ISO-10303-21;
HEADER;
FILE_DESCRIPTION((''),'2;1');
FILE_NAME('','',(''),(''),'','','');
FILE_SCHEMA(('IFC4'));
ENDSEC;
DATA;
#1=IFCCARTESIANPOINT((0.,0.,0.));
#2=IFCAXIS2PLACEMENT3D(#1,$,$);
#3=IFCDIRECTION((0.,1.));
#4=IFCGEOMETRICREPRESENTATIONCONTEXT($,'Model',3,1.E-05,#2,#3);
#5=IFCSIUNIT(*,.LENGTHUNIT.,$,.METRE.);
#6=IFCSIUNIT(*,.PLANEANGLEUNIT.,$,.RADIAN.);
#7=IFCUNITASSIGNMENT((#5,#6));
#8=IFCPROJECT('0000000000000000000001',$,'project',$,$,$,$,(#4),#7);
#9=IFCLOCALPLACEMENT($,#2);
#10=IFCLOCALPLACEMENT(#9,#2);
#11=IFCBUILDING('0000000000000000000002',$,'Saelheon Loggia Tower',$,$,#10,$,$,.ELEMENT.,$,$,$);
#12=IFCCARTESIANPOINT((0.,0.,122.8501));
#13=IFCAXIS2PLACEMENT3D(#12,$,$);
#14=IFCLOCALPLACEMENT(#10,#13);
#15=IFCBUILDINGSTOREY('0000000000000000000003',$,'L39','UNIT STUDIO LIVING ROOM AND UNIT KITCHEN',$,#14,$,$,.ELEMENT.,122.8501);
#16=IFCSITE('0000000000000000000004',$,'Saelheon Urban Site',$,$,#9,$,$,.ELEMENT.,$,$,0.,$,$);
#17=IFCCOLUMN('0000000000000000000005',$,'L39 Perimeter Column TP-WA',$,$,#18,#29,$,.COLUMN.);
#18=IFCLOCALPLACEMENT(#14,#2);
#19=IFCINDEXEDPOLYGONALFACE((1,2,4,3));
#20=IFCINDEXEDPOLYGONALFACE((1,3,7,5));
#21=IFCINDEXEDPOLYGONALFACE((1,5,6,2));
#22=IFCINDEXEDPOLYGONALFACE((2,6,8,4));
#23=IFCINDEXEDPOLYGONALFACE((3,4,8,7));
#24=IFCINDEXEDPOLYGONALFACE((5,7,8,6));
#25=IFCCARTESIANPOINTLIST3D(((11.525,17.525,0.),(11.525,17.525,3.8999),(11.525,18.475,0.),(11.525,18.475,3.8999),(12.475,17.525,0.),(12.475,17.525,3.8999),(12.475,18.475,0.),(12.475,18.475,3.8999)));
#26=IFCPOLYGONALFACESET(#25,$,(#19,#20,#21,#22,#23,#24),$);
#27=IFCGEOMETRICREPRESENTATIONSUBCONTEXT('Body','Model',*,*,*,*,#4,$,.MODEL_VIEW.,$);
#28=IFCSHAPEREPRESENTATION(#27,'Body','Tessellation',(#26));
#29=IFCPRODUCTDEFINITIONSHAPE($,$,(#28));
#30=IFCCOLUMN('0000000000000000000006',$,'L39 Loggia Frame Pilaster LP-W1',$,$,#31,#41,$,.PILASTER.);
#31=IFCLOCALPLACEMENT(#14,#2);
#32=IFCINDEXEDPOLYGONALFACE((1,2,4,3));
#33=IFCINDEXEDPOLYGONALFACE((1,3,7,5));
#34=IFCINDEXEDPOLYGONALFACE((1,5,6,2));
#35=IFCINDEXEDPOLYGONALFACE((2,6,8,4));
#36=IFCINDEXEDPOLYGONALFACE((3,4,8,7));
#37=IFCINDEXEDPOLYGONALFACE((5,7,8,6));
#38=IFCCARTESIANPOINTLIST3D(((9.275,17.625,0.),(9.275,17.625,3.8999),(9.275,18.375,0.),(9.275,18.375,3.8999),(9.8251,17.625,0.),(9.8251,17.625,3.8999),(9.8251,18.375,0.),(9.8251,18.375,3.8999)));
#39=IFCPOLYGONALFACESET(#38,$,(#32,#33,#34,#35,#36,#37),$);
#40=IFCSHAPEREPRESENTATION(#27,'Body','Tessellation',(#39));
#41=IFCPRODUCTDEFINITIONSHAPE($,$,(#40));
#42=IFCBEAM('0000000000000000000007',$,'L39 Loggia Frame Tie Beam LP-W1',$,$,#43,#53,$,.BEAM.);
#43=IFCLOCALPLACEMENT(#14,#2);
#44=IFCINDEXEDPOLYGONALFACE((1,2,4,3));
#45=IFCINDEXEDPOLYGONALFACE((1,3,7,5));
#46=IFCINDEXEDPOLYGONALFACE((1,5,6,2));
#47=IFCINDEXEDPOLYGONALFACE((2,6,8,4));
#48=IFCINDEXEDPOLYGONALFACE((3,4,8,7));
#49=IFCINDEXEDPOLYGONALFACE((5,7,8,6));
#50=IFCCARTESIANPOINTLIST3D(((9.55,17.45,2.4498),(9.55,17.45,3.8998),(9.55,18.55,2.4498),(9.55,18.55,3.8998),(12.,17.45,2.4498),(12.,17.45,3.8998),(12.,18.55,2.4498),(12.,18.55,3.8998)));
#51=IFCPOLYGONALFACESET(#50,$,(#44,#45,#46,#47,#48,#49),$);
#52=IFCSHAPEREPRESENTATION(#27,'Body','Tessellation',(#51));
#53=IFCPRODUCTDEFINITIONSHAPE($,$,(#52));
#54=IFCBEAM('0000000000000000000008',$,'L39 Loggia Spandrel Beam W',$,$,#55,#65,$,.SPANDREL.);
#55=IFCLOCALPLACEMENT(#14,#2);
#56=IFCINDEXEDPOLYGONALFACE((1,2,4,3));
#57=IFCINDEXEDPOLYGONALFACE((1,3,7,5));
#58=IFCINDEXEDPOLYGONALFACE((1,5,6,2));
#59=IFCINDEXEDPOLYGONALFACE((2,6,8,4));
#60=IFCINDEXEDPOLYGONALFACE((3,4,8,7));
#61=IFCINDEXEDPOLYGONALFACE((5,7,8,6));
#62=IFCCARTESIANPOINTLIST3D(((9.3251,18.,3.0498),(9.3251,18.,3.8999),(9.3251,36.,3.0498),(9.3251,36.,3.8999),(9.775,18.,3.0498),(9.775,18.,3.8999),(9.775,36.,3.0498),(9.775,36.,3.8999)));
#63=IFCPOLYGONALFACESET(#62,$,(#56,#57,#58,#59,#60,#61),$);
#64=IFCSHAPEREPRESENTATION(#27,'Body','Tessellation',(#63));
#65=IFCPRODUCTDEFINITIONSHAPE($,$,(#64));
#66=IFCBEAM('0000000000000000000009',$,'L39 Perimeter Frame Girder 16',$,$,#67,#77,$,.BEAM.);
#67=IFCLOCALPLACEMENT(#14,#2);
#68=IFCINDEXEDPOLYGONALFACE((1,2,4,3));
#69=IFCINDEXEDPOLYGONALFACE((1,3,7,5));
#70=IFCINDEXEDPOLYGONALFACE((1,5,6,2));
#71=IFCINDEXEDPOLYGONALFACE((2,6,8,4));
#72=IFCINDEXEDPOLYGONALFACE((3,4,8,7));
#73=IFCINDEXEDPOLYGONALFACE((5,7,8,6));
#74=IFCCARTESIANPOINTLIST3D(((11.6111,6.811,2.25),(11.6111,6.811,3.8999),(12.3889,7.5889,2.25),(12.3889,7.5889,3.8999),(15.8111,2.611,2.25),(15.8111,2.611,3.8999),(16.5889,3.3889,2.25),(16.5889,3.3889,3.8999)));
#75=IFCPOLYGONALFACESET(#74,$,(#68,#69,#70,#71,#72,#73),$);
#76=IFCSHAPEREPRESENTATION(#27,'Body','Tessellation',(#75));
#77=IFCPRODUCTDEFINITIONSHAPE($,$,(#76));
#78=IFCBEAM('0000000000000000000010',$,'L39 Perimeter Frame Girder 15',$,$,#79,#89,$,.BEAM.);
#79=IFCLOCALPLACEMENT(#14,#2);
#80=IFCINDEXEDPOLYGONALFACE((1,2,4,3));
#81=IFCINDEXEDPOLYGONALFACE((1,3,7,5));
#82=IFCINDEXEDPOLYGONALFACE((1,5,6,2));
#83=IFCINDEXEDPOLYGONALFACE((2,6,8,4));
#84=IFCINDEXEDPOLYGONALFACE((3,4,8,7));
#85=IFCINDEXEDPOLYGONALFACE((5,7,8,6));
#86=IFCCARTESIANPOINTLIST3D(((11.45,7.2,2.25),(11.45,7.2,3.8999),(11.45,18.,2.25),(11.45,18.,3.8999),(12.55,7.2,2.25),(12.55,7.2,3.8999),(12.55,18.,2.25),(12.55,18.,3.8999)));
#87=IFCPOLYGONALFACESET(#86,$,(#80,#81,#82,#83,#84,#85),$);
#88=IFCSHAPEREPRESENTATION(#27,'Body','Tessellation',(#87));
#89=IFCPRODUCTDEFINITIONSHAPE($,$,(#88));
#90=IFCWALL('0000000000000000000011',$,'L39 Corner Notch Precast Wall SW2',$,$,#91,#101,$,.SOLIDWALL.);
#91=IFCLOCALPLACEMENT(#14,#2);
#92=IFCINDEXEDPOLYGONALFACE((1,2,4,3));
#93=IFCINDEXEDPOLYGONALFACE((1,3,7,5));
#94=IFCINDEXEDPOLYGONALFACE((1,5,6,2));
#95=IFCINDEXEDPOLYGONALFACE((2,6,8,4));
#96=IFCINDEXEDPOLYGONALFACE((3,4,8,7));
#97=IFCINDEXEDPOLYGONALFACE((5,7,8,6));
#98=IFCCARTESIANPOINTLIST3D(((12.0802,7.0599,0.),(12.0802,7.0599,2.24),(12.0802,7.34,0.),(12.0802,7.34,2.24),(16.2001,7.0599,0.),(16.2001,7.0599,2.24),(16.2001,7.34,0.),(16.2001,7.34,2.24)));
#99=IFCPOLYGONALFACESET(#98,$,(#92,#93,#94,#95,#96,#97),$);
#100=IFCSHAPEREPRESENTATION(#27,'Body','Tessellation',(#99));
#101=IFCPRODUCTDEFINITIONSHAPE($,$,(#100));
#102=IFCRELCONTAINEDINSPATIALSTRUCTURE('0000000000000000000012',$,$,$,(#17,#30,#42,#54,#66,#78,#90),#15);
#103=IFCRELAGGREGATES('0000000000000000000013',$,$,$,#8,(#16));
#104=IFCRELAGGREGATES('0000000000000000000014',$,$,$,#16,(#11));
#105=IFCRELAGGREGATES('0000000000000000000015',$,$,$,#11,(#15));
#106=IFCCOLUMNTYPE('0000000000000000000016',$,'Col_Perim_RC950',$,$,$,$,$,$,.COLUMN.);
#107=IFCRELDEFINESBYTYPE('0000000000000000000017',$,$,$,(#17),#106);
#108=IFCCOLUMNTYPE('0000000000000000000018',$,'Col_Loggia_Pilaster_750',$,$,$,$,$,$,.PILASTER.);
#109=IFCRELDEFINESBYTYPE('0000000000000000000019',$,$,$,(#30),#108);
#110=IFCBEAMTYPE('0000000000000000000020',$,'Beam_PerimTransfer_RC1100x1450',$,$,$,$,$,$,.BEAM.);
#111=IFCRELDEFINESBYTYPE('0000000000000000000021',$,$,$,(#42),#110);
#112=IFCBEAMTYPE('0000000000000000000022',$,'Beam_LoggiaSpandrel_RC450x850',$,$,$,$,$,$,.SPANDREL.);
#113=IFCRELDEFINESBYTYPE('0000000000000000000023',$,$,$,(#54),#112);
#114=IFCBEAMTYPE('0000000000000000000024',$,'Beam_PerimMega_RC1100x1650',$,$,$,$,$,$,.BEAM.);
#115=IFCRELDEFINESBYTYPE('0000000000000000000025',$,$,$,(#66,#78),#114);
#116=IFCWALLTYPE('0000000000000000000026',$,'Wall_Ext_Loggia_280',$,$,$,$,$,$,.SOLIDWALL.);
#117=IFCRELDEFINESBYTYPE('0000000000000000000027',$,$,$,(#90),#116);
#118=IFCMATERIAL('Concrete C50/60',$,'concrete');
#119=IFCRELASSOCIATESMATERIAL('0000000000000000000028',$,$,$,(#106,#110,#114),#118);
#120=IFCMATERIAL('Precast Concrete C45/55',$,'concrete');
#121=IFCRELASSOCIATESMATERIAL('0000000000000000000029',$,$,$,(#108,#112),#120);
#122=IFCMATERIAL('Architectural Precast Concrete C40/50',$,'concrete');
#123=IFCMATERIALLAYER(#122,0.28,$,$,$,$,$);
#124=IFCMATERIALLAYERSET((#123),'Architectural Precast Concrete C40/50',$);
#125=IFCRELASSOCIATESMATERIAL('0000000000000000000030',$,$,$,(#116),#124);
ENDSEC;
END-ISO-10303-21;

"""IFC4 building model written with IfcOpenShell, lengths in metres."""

from ifc_helpers import new_model, si_unit, direction, frame, frame_2d, origin, origin_2d, place, context, subcontext, project, spatial, rectangle, extrude, source, transform, mapped, material, layer, layer_set, material_profile, profile_set, type_object, element, save


model = new_model("IFC4")

# Units and contexts
model_context = context("Model", 3, precision=1e-05, world=origin(), true_north=direction((0.0, 1.0)))
body_context = subcontext(model_context, "Body", "Model", "MODEL_VIEW")
ifc_project = project(units=[si_unit("LENGTHUNIT", "METRE"), si_unit("PLANEANGLEUNIT", "RADIAN")], contexts=[model_context])

# Site, building, storey
site_placement = place(None, origin())
site = spatial("IfcSite", under=ifc_project, at=site_placement, Name="Saelheon Urban Site", CompositionType="ELEMENT", RefElevation=0.0)
building_placement = place(site_placement, origin())
building = spatial("IfcBuilding", under=site, at=building_placement, Name="Saelheon Loggia Tower", CompositionType="ELEMENT")
storey_placement = place(building_placement, frame((0.0, 0.0, 122.8501)))
storey = spatial("IfcBuildingStorey", under=building, at=storey_placement, Name="L39", Description="UNIT STUDIO LIVING ROOM AND UNIT KITCHEN", CompositionType="ELEMENT", Elevation=122.8501)

# Columns
ifc_material_1 = material(Name="Concrete C50/60", Category="concrete")
ifc_material_profile_1 = material_profile(ifc_material_1, rectangle(XDim=0.95, YDim=0.95, at=origin_2d()), Name="RC-950x950")
ifc_profile_set_1 = profile_set([ifc_material_profile_1], Name="Concrete C50/60")
column_type_1 = type_object("IfcColumnType", Name="Col_Perim_RC950", PredefinedType="COLUMN", material=ifc_profile_set_1)
shared_shape_1 = source(origin(), body_context, "Body", "SweptSolid", [
    extrude(rectangle(XDim=0.95, YDim=0.95, at=origin_2d()), origin(), (0.0, 0.0, 1.0), 3.8999),
])
column_1_placement = place(storey_placement, frame((12.0, 18.0, 0.0), z_axis=(0.0, 0.0, 1.0), x_axis=(1.0, 0.0, 0.0)))
element("IfcColumn", 1, at=column_1_placement, inside=storey, type_object=column_type_1, Name="L39 Perimeter Column TP-WA", PredefinedType="COLUMN", context=body_context, shape_type="MappedRepresentation", body=[
    mapped(shared_shape_1, transform((0.0, 0.0, 0.0), scale=1.0)),
])
ifc_material_2 = material(Name="Precast Concrete C45/55", Category="concrete")
ifc_material_profile_2 = material_profile(ifc_material_2, rectangle(XDim=0.55, YDim=0.75, at=origin_2d()), Name="RC-550x750")
ifc_profile_set_2 = profile_set([ifc_material_profile_2], Name="Precast Concrete C45/55")
column_type_2 = type_object("IfcColumnType", Name="Col_Loggia_Pilaster_750", PredefinedType="PILASTER", material=ifc_profile_set_2)
shared_shape_2 = source(origin(), body_context, "Body", "SweptSolid", [
    extrude(rectangle(XDim=0.55, YDim=0.75, at=origin_2d()), origin(), (0.0, 0.0, 1.0), 3.8999),
])
column_2_placement = place(storey_placement, frame((9.55, 18.0, 0.0), z_axis=(0.0, 0.0, 1.0), x_axis=(1.0, 0.0, 0.0)))
element("IfcColumn", 2, at=column_2_placement, inside=storey, type_object=column_type_2, Name="L39 Loggia Frame Pilaster LP-W1", PredefinedType="PILASTER", context=body_context, shape_type="MappedRepresentation", body=[
    mapped(shared_shape_2, transform((0.0, 0.0, 0.0), scale=1.0)),
])

# Beams
ifc_material_profile_3 = material_profile(ifc_material_1, rectangle(XDim=1.1001, YDim=1.45, at=origin_2d()), Name="RC-1100x1450")
ifc_profile_set_3 = profile_set([ifc_material_profile_3], Name="Concrete C50/60")
beam_type_1 = type_object("IfcBeamType", Name="Beam_PerimTransfer_RC1100x1450", PredefinedType="BEAM", material=ifc_profile_set_3)
shared_shape_3 = source(origin(), body_context, "Body", "SweptSolid", [
    extrude(rectangle(XDim=1.1001, YDim=1.45, at=origin_2d()), origin(), (0.0, 0.0, 1.0), 2.45),
])
beam_1_placement = place(storey_placement, frame((12.0, 18.0, 3.1748), z_axis=(-1.0, 0.0, 0.0), x_axis=(0.0, -1.0, 0.0)))
element("IfcBeam", 3, at=beam_1_placement, inside=storey, type_object=beam_type_1, Name="L39 Loggia Frame Tie Beam LP-W1", PredefinedType="BEAM", context=body_context, shape_type="MappedRepresentation", body=[
    mapped(shared_shape_3, transform((0.0, 0.0, 0.0), scale=1.0)),
])
ifc_material_profile_4 = material_profile(ifc_material_2, rectangle(XDim=0.45, YDim=0.8501, at=origin_2d()), Name="RC-450x850")
ifc_profile_set_4 = profile_set([ifc_material_profile_4], Name="Precast Concrete C45/55")
beam_type_2 = type_object("IfcBeamType", Name="Beam_LoggiaSpandrel_RC450x850", PredefinedType="SPANDREL", material=ifc_profile_set_4)
shared_shape_4 = source(origin(), body_context, "Body", "SweptSolid", [
    extrude(rectangle(XDim=0.45, YDim=0.8501, at=origin_2d()), origin(), (0.0, 0.0, 1.0), 18.0),
])
beam_2_placement = place(storey_placement, frame((9.55, 18.0, 3.4749), z_axis=(0.0, 1.0, 0.0), x_axis=(-1.0, 0.0, 0.0)))
element("IfcBeam", 4, at=beam_2_placement, inside=storey, type_object=beam_type_2, Name="L39 Loggia Spandrel Beam W", PredefinedType="SPANDREL", context=body_context, shape_type="MappedRepresentation", body=[
    mapped(shared_shape_4, transform((0.0, 0.0, 0.0), scale=1.0)),
])
ifc_material_profile_5 = material_profile(ifc_material_1, rectangle(XDim=1.1001, YDim=1.6499, at=origin_2d()), Name="RC-1100x1650")
ifc_profile_set_5 = profile_set([ifc_material_profile_5], Name="Concrete C50/60")
beam_type_3 = type_object("IfcBeamType", Name="Beam_PerimMega_RC1100x1650", PredefinedType="BEAM", material=ifc_profile_set_5)
shared_shape_5 = source(origin(), body_context, "Body", "SweptSolid", [
    extrude(rectangle(XDim=1.1001, YDim=1.6499, at=origin_2d()), origin(), (0.0, 0.0, 1.0), 5.9397),
])
beam_3_placement = place(storey_placement, frame((12.0, 7.2, 3.075), z_axis=(0.707107, -0.707107, 0.0), x_axis=(0.707107, 0.707107, 0.0)))
element("IfcBeam", 5, at=beam_3_placement, inside=storey, type_object=beam_type_3, Name="L39 Perimeter Frame Girder 16", PredefinedType="BEAM", context=body_context, shape_type="MappedRepresentation", body=[
    mapped(shared_shape_5, transform((0.0, 0.0, 0.0), scale=1.0)),
])
shared_shape_6 = source(origin(), body_context, "Body", "SweptSolid", [
    extrude(rectangle(XDim=1.1001, YDim=1.6499, at=origin_2d()), origin(), (0.0, 0.0, 1.0), 10.8),
])
beam_4_placement = place(storey_placement, frame((12.0, 18.0, 3.075), z_axis=(0.0, -1.0, 0.0), x_axis=(1.0, 0.0, 0.0)))
element("IfcBeam", 6, at=beam_4_placement, inside=storey, type_object=beam_type_3, Name="L39 Perimeter Frame Girder 15", PredefinedType="BEAM", context=body_context, shape_type="MappedRepresentation", body=[
    mapped(shared_shape_6, transform((0.0, 0.0, 0.0), scale=1.0)),
])

# Shared definitions
ifc_material_3 = material(Name="Architectural Precast Concrete C40/50", Category="concrete")
ifc_layer = layer(ifc_material_3, 0.28)
ifc_layer_set = layer_set([ifc_layer], Name="Architectural Precast Concrete C40/50")
wall_type = type_object("IfcWallType", Name="Wall_Ext_Loggia_280", PredefinedType="SOLIDWALL", material=ifc_layer_set)

# Wall
wall_1_placement = place(storey_placement, frame((12.0801, 7.2, 0.0), z_axis=(0.0, 0.0, 1.0), x_axis=(1.0, 0.0, 0.0)))
element("IfcWall", 7, at=wall_1_placement, inside=storey, type_object=wall_type, Name="L39 Corner Notch Precast Wall SW2", PredefinedType="SOLIDWALL", context=body_context, shape_type="SweptSolid", body=[
    extrude(rectangle(XDim=4.1199, YDim=0.28, at=frame_2d((2.0601, 0.0))), origin(), (0.0, 0.0, 1.0), 2.24),
])

save(model, "model.ifc")
